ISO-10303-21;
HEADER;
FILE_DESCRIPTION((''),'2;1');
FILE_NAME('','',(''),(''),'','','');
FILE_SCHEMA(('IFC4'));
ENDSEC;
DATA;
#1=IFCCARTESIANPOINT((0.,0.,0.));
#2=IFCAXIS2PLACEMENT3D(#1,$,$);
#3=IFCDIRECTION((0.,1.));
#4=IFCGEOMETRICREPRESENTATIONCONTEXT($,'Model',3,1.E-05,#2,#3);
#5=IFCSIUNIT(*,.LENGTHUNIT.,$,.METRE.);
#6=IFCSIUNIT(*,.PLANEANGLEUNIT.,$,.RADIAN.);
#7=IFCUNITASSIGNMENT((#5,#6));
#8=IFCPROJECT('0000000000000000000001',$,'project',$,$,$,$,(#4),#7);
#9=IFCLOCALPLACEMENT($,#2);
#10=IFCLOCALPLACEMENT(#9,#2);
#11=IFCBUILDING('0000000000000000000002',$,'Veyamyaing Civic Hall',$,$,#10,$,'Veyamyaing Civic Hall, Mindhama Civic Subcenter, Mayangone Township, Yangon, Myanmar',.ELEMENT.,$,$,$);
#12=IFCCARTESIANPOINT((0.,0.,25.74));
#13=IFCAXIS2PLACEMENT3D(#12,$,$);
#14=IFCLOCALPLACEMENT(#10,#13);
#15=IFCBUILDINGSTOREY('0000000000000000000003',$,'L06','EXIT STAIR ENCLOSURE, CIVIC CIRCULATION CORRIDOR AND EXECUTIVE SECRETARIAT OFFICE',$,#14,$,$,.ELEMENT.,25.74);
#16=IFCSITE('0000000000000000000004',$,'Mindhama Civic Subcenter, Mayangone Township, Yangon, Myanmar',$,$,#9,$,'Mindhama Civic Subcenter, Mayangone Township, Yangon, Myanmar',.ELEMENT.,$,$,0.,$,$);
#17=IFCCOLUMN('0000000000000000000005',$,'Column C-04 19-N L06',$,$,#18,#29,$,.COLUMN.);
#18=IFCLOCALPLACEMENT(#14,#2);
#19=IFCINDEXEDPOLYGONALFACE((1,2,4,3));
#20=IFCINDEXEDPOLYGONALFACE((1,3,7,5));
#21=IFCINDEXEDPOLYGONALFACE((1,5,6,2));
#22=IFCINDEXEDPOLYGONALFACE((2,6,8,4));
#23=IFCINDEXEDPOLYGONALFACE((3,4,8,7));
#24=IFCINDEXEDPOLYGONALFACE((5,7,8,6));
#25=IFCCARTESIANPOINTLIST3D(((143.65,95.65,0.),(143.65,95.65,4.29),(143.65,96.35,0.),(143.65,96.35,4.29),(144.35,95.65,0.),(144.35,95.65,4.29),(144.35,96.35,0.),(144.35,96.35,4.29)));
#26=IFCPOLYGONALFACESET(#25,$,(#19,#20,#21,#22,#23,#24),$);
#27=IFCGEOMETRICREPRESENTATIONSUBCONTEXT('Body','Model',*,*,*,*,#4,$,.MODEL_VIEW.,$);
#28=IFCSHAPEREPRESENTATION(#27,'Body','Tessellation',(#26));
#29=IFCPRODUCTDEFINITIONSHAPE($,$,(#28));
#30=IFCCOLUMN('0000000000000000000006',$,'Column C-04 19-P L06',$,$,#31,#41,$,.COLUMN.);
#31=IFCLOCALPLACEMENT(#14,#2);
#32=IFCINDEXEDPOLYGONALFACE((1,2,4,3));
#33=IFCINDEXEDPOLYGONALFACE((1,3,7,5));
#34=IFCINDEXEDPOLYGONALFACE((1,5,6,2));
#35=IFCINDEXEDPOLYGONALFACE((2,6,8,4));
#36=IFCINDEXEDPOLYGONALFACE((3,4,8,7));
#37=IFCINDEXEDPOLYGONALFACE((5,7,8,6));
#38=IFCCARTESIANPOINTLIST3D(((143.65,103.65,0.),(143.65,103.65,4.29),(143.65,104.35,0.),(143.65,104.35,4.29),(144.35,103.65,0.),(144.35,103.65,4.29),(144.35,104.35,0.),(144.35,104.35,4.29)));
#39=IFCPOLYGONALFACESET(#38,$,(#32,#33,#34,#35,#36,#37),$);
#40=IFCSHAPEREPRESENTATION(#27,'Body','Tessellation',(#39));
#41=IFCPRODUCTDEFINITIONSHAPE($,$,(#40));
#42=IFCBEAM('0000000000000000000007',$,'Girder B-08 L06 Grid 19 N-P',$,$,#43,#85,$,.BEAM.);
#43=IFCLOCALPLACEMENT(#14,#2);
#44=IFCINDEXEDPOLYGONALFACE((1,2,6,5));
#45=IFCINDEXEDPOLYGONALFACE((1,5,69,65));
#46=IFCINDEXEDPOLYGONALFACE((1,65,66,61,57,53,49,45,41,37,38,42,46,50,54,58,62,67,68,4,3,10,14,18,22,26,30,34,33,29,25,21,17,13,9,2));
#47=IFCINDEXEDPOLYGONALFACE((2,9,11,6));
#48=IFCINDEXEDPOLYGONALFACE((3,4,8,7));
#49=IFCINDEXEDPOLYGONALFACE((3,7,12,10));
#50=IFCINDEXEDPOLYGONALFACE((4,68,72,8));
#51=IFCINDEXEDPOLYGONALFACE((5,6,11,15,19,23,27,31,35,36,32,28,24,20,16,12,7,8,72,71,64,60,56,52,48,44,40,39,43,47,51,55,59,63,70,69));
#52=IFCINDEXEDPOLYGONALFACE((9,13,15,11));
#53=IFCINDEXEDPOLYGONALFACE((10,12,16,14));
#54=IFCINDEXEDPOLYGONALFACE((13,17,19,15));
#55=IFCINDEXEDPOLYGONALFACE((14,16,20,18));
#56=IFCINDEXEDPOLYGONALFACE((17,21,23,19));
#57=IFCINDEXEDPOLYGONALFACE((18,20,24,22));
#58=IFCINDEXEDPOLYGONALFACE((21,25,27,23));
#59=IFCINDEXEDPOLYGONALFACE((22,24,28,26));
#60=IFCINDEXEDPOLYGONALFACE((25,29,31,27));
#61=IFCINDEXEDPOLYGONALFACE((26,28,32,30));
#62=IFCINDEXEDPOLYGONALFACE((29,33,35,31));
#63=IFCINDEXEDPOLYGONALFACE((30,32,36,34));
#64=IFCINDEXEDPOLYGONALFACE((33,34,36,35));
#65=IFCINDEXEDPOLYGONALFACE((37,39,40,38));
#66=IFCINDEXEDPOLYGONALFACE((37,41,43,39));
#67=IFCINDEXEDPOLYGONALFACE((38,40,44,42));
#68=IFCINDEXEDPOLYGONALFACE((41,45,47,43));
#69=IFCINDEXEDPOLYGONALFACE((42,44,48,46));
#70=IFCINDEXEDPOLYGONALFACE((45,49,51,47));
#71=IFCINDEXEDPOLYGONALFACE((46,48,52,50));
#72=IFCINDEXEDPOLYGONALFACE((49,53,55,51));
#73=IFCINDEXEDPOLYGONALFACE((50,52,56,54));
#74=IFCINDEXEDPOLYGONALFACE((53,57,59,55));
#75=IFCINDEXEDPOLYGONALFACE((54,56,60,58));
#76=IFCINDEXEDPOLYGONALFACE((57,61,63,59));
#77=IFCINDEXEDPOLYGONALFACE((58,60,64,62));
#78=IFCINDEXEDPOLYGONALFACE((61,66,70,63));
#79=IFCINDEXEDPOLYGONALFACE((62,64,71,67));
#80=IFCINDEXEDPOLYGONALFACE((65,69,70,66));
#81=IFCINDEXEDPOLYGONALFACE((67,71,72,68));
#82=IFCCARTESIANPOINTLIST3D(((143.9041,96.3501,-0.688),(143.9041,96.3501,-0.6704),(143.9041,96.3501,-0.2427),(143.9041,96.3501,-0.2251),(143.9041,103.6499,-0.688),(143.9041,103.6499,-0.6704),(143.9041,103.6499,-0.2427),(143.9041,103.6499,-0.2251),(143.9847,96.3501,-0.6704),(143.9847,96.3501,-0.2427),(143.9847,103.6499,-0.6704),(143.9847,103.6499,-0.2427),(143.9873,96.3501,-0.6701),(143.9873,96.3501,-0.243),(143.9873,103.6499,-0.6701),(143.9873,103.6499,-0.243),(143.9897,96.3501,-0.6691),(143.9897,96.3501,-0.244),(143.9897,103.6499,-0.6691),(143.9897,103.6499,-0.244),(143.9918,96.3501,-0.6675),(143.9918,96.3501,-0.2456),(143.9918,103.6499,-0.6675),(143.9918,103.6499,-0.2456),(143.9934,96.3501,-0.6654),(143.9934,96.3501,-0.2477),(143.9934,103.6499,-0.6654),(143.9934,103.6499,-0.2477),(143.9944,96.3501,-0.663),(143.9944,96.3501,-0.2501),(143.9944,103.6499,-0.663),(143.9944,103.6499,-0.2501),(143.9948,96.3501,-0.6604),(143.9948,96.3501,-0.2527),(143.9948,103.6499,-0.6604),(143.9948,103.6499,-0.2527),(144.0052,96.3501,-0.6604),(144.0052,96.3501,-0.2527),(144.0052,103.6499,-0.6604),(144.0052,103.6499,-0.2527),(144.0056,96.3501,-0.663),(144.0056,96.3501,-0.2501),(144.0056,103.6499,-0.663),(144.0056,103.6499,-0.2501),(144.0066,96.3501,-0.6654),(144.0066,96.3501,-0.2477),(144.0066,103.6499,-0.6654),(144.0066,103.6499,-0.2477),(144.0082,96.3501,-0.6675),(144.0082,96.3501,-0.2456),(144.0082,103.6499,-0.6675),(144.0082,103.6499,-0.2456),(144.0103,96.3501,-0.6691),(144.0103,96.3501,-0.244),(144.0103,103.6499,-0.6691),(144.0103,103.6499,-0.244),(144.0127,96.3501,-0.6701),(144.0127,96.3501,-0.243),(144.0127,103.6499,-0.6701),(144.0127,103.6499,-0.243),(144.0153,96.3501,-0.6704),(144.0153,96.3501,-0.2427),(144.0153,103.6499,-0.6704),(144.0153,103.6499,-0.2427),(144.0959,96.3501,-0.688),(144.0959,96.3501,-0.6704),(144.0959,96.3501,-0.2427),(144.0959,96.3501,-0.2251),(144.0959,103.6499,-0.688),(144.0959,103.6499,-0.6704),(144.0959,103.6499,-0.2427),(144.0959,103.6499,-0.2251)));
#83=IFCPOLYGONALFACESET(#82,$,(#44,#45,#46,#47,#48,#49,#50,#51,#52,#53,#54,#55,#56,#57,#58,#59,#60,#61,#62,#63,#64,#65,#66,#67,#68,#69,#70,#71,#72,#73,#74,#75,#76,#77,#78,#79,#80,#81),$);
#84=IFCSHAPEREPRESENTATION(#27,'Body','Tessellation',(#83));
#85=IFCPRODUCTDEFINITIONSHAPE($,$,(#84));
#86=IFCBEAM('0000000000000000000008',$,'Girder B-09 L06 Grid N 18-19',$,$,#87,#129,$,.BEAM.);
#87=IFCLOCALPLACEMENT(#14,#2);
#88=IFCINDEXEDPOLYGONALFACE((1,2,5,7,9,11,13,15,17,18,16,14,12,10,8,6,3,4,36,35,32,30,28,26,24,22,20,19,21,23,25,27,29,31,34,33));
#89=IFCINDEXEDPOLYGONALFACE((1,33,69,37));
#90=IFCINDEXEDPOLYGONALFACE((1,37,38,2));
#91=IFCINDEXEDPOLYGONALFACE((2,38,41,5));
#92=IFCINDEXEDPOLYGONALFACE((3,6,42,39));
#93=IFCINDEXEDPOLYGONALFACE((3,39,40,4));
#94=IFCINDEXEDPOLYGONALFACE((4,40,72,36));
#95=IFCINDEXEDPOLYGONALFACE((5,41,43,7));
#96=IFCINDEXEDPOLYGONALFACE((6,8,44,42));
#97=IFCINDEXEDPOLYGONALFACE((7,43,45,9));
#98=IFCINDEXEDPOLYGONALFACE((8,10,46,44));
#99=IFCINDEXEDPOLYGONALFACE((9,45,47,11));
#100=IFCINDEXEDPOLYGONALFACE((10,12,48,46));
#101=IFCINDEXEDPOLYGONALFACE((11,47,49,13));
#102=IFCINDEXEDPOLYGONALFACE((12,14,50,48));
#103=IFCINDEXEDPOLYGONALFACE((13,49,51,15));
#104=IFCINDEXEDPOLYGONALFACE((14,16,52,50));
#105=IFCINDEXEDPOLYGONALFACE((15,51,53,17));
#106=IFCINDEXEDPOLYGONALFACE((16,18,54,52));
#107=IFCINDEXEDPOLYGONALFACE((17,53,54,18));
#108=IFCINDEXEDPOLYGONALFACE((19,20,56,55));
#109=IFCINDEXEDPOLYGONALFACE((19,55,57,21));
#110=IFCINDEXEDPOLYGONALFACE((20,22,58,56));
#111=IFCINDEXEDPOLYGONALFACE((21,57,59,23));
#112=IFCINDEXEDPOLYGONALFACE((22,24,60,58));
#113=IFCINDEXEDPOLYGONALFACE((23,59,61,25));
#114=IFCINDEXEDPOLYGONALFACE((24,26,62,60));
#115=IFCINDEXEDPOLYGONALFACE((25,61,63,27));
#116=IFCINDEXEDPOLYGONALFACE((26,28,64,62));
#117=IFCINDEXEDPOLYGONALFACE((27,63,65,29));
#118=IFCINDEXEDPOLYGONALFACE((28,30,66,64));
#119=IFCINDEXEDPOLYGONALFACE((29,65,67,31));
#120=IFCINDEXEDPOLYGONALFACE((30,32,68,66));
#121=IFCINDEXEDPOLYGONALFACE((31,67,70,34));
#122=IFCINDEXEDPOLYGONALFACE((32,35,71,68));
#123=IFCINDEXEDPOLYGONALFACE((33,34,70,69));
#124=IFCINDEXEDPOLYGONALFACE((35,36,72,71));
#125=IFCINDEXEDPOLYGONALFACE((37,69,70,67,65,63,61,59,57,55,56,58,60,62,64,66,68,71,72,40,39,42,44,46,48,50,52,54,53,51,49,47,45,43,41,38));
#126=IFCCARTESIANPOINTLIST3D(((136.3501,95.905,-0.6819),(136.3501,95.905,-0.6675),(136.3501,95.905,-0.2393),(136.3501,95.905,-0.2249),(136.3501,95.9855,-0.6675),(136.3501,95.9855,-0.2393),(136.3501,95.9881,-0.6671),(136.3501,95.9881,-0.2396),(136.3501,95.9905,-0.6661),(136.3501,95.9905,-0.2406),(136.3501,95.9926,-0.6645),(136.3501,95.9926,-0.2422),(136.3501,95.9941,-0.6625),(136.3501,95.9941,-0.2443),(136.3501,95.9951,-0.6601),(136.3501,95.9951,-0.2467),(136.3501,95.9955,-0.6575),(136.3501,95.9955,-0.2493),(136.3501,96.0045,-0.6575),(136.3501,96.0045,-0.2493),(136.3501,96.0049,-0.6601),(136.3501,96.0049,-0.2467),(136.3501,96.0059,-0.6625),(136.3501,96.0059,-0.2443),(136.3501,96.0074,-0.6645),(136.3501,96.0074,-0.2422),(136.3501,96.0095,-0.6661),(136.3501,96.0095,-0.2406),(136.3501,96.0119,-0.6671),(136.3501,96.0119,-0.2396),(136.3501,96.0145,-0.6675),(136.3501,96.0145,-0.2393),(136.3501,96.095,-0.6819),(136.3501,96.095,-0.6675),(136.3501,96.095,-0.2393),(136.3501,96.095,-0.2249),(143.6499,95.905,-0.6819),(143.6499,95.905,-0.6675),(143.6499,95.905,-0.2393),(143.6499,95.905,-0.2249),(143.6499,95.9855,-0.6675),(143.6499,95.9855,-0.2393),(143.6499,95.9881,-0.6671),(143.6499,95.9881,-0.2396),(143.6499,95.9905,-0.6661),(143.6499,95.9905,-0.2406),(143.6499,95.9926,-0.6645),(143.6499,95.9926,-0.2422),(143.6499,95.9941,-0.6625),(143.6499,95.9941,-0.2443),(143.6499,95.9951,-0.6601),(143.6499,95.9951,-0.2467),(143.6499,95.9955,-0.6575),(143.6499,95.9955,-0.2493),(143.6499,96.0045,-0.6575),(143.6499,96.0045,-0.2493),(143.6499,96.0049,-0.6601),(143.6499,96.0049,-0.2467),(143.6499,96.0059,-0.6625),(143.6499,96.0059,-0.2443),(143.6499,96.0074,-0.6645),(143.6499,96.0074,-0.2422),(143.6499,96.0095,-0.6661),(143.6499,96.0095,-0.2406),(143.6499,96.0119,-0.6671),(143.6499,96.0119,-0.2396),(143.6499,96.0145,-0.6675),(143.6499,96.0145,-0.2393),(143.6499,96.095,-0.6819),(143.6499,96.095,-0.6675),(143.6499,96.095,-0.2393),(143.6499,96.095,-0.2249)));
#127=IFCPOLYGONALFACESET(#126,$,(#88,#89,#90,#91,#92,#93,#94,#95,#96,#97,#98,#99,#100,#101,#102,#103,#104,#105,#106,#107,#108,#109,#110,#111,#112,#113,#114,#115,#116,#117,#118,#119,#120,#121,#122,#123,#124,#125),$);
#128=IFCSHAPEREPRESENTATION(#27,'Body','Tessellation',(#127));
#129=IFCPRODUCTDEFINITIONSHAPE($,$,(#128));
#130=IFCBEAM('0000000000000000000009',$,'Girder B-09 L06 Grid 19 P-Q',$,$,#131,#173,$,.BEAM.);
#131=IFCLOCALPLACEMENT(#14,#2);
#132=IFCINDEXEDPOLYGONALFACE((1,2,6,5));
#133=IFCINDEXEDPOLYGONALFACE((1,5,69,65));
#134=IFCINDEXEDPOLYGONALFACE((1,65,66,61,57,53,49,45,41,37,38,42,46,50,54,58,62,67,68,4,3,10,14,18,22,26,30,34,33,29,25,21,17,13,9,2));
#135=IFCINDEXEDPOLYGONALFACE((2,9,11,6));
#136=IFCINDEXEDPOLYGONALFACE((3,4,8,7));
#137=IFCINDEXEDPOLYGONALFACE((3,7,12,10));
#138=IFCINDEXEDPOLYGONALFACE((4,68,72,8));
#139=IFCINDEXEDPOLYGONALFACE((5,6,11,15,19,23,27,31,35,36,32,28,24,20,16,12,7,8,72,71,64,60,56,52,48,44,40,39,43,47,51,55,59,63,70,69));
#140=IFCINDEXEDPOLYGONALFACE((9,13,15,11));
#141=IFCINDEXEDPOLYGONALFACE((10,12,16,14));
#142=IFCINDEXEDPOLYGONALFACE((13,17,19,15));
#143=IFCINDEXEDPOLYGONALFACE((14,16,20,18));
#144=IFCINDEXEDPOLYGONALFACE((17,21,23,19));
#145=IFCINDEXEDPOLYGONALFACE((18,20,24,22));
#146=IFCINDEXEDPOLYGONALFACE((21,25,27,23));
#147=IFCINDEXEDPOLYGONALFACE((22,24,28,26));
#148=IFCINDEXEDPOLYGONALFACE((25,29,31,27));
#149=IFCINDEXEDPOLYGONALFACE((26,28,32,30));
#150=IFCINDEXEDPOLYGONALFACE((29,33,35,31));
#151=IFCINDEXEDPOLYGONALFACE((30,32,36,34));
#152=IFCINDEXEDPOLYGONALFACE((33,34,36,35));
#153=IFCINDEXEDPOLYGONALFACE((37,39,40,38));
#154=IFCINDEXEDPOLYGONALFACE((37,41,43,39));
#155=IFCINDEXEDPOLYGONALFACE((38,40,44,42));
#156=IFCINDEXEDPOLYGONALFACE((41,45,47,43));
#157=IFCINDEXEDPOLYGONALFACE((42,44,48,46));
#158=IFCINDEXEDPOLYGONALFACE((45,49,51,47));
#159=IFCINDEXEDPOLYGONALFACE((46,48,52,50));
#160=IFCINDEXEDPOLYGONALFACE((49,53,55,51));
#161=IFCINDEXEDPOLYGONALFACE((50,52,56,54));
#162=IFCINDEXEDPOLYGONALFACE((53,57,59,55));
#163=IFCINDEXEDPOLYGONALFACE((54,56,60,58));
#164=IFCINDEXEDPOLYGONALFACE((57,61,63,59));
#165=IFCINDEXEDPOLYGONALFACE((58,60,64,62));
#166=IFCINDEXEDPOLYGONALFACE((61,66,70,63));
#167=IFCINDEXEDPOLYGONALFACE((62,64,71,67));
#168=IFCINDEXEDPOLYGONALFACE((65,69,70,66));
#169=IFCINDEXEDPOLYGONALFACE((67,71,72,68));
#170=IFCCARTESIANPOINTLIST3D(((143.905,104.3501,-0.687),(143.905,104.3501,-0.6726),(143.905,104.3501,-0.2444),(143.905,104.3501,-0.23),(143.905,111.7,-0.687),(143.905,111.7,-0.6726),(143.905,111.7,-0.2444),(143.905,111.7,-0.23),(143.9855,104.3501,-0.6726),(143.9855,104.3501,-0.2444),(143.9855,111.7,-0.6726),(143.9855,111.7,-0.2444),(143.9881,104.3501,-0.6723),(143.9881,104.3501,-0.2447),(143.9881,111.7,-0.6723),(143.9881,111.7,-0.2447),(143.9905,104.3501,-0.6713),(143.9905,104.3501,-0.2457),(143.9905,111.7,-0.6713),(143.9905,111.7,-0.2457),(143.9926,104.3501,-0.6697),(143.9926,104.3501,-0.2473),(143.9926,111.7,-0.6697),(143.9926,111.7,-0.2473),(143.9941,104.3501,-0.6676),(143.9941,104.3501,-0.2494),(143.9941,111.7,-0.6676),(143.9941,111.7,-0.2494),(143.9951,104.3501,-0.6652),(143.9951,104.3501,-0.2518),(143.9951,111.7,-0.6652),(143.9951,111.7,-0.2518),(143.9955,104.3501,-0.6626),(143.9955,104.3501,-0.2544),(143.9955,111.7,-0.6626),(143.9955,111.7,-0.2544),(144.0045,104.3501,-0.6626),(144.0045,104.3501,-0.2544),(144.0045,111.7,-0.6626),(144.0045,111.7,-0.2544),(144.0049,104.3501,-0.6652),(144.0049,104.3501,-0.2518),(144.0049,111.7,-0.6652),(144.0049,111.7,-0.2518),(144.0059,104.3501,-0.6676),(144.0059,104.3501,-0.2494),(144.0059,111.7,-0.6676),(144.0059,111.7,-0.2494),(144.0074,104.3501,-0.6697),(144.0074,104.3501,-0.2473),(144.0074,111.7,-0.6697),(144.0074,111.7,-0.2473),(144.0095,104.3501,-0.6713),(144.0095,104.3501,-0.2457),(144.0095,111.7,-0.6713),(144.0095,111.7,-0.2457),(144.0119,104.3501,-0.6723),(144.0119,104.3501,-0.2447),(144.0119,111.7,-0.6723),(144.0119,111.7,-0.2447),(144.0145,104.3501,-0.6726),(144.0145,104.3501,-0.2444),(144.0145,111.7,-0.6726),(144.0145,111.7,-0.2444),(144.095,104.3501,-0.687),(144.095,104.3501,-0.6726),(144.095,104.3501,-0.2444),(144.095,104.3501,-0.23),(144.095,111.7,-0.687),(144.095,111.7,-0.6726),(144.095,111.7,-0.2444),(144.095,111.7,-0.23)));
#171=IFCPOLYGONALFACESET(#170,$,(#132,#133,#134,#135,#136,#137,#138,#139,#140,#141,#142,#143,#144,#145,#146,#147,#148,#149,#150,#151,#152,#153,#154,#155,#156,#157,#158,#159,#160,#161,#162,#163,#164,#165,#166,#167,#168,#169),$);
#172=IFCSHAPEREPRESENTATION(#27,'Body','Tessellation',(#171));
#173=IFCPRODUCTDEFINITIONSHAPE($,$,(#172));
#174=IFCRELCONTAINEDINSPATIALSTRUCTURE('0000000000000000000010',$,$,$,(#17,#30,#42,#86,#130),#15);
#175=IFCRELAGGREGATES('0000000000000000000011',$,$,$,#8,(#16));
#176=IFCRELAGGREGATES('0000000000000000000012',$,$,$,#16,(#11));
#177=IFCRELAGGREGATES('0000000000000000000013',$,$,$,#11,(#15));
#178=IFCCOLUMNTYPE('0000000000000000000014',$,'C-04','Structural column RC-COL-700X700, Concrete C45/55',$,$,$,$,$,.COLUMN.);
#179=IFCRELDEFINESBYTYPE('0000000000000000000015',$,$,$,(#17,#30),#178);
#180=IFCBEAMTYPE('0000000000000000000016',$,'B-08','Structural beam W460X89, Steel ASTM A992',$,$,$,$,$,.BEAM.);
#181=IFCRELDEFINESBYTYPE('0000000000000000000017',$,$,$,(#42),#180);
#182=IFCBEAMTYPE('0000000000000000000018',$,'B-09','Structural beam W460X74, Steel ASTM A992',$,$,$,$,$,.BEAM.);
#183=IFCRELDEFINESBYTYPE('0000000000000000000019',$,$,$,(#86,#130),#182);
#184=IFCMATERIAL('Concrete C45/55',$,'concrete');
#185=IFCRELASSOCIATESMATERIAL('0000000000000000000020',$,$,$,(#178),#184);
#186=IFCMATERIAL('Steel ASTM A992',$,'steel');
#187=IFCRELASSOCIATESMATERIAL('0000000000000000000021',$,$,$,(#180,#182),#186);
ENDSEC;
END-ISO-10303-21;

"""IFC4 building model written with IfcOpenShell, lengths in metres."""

from ifc_helpers import new_model, si_unit, direction, frame, origin, origin_2d, place, context, subcontext, project, spatial, rectangle, i_section, extrude, material, material_profile, profile_set, type_object, element, save


model = new_model("IFC4")

# Units and contexts
model_context = context("Model", 3, precision=1e-05, world=origin(), true_north=direction((0.0, 1.0)))
body_context = subcontext(model_context, "Body", "Model", "MODEL_VIEW")
ifc_project = project(units=[si_unit("LENGTHUNIT", "METRE"), si_unit("PLANEANGLEUNIT", "RADIAN")], contexts=[model_context])

# Site, building, storey
site_placement = place(None, origin())
site = spatial("IfcSite", under=ifc_project, at=site_placement, Name="Mindhama Civic Subcenter, Mayangone Township, Yangon, Myanmar", LongName="Mindhama Civic Subcenter, Mayangone Township, Yangon, Myanmar", CompositionType="ELEMENT", RefElevation=0.0)
building_placement = place(site_placement, origin())
building = spatial("IfcBuilding", under=site, at=building_placement, Name="Veyamyaing Civic Hall", LongName="Veyamyaing Civic Hall, Mindhama Civic Subcenter, Mayangone Township, Yangon, Myanmar", CompositionType="ELEMENT")
storey_placement = place(building_placement, frame((0.0, 0.0, 25.74)))
storey = spatial("IfcBuildingStorey", under=building, at=storey_placement, Name="L06", Description="EXIT STAIR ENCLOSURE, CIVIC CIRCULATION CORRIDOR AND EXECUTIVE SECRETARIAT OFFICE", CompositionType="ELEMENT", Elevation=25.74)

# Columns
ifc_material_1 = material(Name="Concrete C45/55", Category="concrete")
ifc_material_profile_1 = material_profile(ifc_material_1, rectangle(XDim=0.7, YDim=0.7, at=origin_2d()), Name="RC-COL-700X700")
ifc_profile_set_1 = profile_set([ifc_material_profile_1], Name="Concrete C45/55")
column_type = type_object("IfcColumnType", Name="C-04", Description="Structural column RC-COL-700X700, Concrete C45/55", PredefinedType="COLUMN", material=ifc_profile_set_1)
for number, where, z_axis, x_axis, name in (
    (1, (144.0, 96.0, 0.0), (0.0, 0.0, 1.0), (1.0, 0.0, 0.0), "Column C-04 19-N L06"),
    (2, (144.0, 104.0, 0.0), (0.0, 0.0, 1.0), (1.0, 0.0, 0.0), "Column C-04 19-P L06"),
):
    element("IfcColumn", number, at=place(storey_placement, frame(where, z_axis=z_axis, x_axis=x_axis)), inside=storey, type_object=column_type, Name=name, PredefinedType="COLUMN", context=body_context, shape_type="SweptSolid", body=[
        extrude(rectangle(XDim=0.7, YDim=0.7, at=origin_2d()), origin(), (0.0, 0.0, 1.0), 4.29),
    ])

# Beams
ifc_material_2 = material(Name="Steel ASTM A992", Category="steel")
ifc_material_profile_2 = material_profile(ifc_material_2, i_section(OverallWidth=0.1919, OverallDepth=0.4629, WebThickness=0.0105, FlangeThickness=0.0176, FilletRadius=0.01, at=origin_2d()), Name="W460X89")
ifc_profile_set_2 = profile_set([ifc_material_profile_2], Name="Steel ASTM A992")
beam_type_1 = type_object("IfcBeamType", Name="B-08", Description="Structural beam W460X89, Steel ASTM A992", PredefinedType="BEAM", material=ifc_profile_set_2)
beam_1_placement = place(storey_placement, frame((144.0, 96.3501, -0.4565), z_axis=(0.0, 1.0, 0.0), x_axis=(-1.0, 0.0, 0.0)))
element("IfcBeam", 3, at=beam_1_placement, inside=storey, type_object=beam_type_1, Name="Girder B-08 L06 Grid 19 N-P", PredefinedType="BEAM", context=body_context, shape_type="SweptSolid", body=[
    extrude(i_section(OverallWidth=0.1919, OverallDepth=0.4629, WebThickness=0.0105, FlangeThickness=0.0176, FilletRadius=0.01, at=origin_2d()), origin(), (0.0, 0.0, 1.0), 7.2998),
])
ifc_material_profile_3 = material_profile(ifc_material_2, i_section(OverallWidth=0.1899, OverallDepth=0.457, WebThickness=0.009, FlangeThickness=0.0144, FilletRadius=0.01, at=origin_2d()), Name="W460X74")
ifc_profile_set_3 = profile_set([ifc_material_profile_3], Name="Steel ASTM A992")
beam_type_2 = type_object("IfcBeamType", Name="B-09", Description="Structural beam W460X74, Steel ASTM A992", PredefinedType="BEAM", material=ifc_profile_set_3)
beam_2_placement = place(storey_placement, frame((136.3501, 96.0, -0.4534), z_axis=(1.0, 0.0, 0.0), x_axis=(0.0, 1.0, 0.0)))
element("IfcBeam", 4, at=beam_2_placement, inside=storey, type_object=beam_type_2, Name="Girder B-09 L06 Grid N 18-19", PredefinedType="BEAM", context=body_context, shape_type="SweptSolid", body=[
    extrude(i_section(OverallWidth=0.1899, OverallDepth=0.457, WebThickness=0.009, FlangeThickness=0.0144, FilletRadius=0.01, at=origin_2d()), origin(), (0.0, 0.0, 1.0), 7.2998),
])
beam_3_placement = place(storey_placement, frame((144.0, 104.3501, -0.4585), z_axis=(0.0, 1.0, 0.0), x_axis=(-1.0, 0.0, 0.0)))
element("IfcBeam", 5, at=beam_3_placement, inside=storey, type_object=beam_type_2, Name="Girder B-09 L06 Grid 19 P-Q", PredefinedType="BEAM", context=body_context, shape_type="SweptSolid", body=[
    extrude(i_section(OverallWidth=0.1899, OverallDepth=0.457, WebThickness=0.009, FlangeThickness=0.0144, FilletRadius=0.01, at=origin_2d()), origin(), (0.0, 0.0, 1.0), 7.3499),
])

save(model, "model.ifc")
